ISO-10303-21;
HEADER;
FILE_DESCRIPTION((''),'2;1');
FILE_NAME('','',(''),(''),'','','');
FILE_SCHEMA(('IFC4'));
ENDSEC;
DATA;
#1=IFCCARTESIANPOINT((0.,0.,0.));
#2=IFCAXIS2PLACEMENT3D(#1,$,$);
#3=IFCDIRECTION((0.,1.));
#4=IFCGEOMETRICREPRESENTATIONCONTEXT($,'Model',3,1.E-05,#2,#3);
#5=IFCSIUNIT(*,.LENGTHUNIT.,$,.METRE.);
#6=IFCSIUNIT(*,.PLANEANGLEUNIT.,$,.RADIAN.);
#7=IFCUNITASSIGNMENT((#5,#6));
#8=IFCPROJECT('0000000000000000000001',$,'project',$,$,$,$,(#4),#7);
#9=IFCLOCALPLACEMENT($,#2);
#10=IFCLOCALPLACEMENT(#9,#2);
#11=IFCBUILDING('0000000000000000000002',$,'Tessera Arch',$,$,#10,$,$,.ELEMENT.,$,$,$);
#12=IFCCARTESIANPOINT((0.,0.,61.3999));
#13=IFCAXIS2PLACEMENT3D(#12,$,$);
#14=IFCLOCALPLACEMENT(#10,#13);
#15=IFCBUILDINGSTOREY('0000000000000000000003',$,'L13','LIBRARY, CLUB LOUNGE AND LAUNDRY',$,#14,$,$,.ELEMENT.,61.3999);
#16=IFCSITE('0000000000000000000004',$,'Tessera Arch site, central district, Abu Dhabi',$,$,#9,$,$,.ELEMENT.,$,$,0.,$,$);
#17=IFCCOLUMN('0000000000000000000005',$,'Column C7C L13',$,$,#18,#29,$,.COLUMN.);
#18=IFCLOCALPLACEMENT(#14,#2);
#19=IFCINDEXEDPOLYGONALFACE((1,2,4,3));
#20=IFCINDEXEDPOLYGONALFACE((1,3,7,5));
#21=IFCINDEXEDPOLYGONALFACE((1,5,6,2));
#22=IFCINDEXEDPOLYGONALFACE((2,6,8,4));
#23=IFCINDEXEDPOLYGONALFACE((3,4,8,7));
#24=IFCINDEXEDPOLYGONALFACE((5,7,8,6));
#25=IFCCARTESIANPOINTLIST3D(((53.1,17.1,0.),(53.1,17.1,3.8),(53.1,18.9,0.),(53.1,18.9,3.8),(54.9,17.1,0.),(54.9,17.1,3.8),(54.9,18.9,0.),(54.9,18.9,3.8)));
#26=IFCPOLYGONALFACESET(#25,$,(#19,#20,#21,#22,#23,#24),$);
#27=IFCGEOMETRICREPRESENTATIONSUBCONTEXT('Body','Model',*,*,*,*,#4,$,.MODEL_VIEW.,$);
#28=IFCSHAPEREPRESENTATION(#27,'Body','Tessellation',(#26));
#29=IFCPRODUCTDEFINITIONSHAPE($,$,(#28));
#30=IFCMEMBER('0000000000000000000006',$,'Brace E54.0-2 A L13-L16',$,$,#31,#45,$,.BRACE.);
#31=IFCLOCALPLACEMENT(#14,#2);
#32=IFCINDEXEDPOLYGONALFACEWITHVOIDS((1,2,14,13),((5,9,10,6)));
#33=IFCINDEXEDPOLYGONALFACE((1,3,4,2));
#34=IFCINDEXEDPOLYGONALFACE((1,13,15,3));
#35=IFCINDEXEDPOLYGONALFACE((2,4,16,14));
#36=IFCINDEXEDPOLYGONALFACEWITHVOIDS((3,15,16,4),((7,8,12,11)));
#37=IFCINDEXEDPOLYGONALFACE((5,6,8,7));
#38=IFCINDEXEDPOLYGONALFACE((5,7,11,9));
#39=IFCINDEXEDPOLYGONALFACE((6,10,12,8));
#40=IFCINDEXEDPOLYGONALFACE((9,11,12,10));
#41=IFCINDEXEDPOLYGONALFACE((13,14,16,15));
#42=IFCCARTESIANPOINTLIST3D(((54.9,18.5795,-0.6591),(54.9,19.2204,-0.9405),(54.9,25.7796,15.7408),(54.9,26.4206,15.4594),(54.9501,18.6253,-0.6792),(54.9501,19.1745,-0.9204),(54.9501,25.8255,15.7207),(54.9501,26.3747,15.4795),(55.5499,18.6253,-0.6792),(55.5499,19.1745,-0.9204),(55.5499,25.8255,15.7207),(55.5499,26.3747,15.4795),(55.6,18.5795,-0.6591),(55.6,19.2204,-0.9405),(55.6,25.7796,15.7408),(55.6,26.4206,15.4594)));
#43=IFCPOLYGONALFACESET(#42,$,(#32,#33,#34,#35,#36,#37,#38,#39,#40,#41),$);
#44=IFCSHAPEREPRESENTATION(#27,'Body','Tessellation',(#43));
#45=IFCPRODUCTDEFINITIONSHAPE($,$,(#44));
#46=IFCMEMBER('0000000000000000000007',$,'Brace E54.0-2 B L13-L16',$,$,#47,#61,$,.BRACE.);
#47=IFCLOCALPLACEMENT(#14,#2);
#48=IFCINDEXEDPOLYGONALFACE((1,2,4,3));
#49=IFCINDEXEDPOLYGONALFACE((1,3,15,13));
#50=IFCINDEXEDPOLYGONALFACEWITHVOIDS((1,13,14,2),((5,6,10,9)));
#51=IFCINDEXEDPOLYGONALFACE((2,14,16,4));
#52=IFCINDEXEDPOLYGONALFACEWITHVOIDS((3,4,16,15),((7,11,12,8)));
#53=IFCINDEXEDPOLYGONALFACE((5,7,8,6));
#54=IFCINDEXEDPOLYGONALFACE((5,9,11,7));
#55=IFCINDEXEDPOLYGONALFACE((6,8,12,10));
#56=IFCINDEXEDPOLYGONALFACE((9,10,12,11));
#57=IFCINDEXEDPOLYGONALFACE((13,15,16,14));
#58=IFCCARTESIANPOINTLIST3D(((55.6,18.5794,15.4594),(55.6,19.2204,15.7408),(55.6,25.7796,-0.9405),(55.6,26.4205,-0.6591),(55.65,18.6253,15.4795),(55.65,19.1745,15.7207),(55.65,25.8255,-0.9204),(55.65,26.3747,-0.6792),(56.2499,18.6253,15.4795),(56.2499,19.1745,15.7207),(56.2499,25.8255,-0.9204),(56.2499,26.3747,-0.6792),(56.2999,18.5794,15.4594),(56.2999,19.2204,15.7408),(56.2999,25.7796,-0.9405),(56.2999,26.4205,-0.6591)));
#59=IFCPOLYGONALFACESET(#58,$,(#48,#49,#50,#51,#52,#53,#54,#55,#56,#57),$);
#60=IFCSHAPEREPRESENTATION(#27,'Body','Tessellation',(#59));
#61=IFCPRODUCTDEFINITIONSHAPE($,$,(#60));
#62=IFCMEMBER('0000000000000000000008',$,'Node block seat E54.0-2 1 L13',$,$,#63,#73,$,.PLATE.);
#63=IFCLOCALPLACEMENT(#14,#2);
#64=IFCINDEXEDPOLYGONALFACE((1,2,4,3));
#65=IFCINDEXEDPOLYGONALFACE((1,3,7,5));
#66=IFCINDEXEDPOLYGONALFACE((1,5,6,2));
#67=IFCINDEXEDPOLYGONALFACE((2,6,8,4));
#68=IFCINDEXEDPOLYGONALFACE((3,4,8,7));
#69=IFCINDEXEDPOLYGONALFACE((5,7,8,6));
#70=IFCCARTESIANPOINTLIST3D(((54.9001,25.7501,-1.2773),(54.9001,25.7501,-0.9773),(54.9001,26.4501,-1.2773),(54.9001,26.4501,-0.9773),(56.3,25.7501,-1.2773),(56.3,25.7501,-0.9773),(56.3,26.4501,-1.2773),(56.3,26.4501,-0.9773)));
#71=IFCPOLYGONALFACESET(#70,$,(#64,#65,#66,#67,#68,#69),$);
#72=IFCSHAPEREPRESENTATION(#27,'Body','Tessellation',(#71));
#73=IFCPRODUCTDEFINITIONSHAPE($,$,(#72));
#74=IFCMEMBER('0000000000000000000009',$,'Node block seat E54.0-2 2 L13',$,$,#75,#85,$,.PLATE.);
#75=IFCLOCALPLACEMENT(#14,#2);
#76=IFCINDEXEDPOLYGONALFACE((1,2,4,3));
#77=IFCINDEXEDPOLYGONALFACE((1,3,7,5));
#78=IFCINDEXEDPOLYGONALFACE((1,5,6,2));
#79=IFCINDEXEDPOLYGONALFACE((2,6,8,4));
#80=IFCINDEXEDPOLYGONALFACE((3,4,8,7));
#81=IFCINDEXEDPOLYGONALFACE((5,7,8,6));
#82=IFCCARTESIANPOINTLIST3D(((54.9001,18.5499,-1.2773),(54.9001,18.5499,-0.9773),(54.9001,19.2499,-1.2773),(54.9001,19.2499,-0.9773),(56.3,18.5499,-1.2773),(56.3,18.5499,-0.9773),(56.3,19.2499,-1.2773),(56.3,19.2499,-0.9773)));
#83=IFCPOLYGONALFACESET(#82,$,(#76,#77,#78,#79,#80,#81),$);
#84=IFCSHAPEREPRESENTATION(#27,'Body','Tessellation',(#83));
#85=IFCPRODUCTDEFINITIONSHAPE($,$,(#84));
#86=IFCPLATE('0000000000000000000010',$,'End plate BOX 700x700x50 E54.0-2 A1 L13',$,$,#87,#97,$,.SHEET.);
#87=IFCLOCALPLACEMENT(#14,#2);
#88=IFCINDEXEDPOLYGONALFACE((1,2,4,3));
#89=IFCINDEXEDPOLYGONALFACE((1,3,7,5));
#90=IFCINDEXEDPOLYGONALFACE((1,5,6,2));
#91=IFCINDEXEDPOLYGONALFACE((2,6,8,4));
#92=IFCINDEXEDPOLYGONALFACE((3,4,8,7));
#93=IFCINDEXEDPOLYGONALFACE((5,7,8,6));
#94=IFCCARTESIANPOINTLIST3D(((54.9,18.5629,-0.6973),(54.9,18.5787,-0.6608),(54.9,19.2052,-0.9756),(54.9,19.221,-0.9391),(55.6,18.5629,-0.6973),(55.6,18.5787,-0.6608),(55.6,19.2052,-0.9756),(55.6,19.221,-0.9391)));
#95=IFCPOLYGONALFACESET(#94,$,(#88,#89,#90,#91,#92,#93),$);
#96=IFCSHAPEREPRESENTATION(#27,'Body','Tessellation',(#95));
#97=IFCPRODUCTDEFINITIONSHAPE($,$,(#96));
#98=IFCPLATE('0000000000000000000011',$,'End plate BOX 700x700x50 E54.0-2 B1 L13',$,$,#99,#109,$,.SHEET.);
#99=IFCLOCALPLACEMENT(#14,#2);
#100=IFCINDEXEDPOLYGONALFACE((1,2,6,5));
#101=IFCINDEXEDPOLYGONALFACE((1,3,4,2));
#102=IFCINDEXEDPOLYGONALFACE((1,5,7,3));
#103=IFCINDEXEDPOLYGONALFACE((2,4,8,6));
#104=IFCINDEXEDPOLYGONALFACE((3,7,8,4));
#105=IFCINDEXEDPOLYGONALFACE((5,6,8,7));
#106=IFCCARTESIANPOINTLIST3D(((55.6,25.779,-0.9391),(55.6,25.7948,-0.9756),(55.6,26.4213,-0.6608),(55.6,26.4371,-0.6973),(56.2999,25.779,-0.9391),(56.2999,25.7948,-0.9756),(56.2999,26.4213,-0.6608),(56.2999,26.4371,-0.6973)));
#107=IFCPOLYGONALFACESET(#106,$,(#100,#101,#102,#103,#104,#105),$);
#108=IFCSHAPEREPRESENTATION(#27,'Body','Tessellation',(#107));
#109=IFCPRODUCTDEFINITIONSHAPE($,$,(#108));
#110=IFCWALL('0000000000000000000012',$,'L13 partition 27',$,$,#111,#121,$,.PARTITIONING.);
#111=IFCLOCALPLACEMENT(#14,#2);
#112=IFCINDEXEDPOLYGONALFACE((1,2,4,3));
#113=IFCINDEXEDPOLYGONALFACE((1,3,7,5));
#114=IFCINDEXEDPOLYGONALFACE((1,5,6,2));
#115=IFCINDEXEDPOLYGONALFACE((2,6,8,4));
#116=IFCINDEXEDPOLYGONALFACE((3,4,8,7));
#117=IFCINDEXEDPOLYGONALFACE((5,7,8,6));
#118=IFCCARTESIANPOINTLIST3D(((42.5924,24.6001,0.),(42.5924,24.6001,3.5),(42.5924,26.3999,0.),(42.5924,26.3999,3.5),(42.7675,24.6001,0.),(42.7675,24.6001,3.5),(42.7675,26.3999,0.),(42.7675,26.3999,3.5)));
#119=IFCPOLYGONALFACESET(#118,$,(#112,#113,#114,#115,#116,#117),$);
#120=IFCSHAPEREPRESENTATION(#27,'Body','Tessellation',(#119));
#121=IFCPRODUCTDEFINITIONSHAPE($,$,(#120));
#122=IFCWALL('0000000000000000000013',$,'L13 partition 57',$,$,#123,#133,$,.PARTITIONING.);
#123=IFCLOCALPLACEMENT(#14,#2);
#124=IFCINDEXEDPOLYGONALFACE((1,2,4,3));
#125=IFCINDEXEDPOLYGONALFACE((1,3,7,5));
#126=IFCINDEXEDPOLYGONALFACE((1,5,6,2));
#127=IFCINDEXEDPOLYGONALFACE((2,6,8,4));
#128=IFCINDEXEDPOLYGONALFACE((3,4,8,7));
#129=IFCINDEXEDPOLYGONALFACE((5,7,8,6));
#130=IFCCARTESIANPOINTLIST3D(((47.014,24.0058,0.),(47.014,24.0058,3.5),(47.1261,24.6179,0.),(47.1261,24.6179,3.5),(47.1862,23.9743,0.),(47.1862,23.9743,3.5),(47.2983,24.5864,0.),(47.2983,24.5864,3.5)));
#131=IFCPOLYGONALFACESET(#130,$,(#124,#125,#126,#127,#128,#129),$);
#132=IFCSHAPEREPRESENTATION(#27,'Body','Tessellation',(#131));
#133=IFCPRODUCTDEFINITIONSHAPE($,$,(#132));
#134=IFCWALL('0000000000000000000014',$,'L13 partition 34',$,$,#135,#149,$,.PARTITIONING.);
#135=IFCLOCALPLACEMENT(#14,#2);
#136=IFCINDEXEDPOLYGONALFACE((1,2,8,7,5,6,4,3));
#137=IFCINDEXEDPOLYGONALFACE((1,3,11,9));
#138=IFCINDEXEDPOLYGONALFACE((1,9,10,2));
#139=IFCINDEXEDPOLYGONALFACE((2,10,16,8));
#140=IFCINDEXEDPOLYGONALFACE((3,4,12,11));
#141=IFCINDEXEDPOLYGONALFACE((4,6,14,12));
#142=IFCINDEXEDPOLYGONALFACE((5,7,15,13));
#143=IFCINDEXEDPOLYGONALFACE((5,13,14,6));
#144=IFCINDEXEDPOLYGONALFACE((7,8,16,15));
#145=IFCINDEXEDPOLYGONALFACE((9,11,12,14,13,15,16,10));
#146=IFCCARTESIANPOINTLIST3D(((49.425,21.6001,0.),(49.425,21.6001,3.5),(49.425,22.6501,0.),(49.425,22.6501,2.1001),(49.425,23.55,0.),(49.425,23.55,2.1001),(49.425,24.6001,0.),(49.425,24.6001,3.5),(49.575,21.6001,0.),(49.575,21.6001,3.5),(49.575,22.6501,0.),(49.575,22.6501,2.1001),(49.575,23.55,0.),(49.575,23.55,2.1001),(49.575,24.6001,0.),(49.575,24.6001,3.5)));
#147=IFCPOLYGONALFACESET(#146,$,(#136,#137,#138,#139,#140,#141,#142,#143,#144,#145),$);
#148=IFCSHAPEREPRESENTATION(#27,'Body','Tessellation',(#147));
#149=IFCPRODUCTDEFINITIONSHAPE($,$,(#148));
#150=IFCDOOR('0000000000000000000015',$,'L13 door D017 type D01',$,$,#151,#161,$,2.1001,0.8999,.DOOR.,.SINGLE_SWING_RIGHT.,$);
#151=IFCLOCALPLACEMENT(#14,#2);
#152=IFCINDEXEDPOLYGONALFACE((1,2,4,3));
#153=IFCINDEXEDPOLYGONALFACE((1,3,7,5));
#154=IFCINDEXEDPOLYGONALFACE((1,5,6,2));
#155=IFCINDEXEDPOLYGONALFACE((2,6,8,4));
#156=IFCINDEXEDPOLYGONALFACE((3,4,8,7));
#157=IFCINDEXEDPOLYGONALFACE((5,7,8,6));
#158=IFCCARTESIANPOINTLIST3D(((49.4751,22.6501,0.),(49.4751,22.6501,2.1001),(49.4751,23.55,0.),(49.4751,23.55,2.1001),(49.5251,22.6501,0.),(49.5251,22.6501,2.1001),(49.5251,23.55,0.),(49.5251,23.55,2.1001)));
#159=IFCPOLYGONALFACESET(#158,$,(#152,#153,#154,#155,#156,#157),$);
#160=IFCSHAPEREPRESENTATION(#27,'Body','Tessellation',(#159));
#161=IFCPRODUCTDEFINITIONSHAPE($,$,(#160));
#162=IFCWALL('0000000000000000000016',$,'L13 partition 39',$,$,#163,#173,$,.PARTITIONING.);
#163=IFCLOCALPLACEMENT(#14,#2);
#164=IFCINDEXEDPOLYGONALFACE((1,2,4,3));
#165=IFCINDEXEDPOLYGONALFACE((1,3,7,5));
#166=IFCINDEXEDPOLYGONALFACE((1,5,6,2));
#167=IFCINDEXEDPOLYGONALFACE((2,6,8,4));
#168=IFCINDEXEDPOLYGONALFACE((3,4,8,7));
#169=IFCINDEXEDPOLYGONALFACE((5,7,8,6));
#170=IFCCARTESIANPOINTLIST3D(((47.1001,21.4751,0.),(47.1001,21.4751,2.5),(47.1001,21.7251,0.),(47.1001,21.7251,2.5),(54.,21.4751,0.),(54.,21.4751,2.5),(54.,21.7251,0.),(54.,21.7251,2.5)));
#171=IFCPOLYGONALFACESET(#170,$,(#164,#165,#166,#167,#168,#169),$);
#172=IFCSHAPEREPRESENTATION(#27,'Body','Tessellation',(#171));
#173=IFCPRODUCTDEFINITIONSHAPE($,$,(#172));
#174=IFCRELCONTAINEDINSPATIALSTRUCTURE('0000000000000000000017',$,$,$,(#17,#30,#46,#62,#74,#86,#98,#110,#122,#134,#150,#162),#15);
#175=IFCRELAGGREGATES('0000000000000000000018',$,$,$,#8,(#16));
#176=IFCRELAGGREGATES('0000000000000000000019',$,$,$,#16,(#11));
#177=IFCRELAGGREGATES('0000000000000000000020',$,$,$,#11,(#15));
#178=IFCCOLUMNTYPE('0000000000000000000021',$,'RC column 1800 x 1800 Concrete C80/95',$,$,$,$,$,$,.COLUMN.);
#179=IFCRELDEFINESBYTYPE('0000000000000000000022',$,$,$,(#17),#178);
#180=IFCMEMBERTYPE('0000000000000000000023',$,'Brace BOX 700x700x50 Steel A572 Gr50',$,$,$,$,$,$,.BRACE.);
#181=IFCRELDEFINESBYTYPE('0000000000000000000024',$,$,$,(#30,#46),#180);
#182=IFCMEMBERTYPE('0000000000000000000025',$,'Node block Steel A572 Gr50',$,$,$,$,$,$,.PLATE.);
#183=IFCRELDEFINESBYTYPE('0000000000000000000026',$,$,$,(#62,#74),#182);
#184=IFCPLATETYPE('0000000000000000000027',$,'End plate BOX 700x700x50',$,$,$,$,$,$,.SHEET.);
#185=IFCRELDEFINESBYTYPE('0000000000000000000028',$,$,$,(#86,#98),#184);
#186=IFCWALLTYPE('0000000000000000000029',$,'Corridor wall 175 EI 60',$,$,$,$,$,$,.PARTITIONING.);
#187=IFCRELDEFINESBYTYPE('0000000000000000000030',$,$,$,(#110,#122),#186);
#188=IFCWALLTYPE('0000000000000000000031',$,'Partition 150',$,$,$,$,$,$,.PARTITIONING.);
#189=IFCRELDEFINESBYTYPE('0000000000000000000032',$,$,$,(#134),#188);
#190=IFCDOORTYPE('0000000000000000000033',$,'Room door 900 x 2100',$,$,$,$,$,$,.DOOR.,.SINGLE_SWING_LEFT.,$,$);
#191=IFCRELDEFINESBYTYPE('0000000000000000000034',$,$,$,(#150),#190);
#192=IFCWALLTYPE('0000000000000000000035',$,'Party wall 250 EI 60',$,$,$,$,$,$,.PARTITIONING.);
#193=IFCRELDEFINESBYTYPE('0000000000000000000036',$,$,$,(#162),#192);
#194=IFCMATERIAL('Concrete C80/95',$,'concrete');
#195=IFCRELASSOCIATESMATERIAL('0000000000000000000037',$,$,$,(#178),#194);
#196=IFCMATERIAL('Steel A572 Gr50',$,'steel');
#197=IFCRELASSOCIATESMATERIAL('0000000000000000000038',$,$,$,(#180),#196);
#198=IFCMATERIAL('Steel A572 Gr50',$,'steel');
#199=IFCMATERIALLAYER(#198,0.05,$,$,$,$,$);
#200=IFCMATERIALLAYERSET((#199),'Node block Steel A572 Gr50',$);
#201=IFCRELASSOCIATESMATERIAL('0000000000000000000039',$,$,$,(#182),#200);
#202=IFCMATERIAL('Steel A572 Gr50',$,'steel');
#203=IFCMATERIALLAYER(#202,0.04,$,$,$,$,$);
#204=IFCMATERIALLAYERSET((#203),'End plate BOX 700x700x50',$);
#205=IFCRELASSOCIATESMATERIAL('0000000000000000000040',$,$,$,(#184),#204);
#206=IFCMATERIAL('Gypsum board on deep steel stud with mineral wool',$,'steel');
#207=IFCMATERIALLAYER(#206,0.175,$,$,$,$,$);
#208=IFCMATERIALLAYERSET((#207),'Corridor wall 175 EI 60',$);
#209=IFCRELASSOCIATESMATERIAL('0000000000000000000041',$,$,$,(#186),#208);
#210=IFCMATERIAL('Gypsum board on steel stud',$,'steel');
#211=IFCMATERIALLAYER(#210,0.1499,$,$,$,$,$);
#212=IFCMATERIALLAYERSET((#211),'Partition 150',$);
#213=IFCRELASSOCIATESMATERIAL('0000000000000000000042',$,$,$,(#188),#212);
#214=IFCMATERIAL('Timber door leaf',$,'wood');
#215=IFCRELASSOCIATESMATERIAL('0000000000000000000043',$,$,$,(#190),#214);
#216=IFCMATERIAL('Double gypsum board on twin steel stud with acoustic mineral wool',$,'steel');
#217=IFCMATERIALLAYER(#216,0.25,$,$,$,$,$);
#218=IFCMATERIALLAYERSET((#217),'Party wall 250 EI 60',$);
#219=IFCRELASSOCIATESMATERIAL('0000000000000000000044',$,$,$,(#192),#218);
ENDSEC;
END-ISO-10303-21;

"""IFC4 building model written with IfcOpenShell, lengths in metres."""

from ifc_helpers import new_model, si_unit, direction, frame, frame_2d, origin, origin_2d, place, context, subcontext, project, spatial, rectangle, hollow_rectangle, extrude, material, layer, layer_set, material_profile, profile_set, type_object, element, fill, save


model = new_model("IFC4")

# Units and contexts
model_context = context("Model", 3, precision=1e-05, world=origin(), true_north=direction((0.0, 1.0)))
body_context = subcontext(model_context, "Body", "Model", "MODEL_VIEW")
ifc_project = project(units=[si_unit("LENGTHUNIT", "METRE"), si_unit("PLANEANGLEUNIT", "RADIAN")], contexts=[model_context])

# Site, building, storey
site_placement = place(None, origin())
site = spatial("IfcSite", under=ifc_project, at=site_placement, Name="Tessera Arch site, central district, Abu Dhabi", CompositionType="ELEMENT", RefElevation=0.0)
building_placement = place(site_placement, origin())
building = spatial("IfcBuilding", under=site, at=building_placement, Name="Tessera Arch", CompositionType="ELEMENT")
storey_placement = place(building_placement, frame((0.0, 0.0, 61.3999)))
storey = spatial("IfcBuildingStorey", under=building, at=storey_placement, Name="L13", Description="LIBRARY, CLUB LOUNGE AND LAUNDRY", CompositionType="ELEMENT", Elevation=61.3999)

# Column
ifc_material_1 = material(Name="Concrete C80/95", Category="concrete")
ifc_material_profile_1 = material_profile(ifc_material_1, rectangle(XDim=1.8, YDim=1.8, at=origin_2d()), Name="RC column 1800 x 1800 Concrete C80/95")
ifc_profile_set_1 = profile_set([ifc_material_profile_1], Name="Concrete C80/95")
column_type = type_object("IfcColumnType", Name="RC column 1800 x 1800 Concrete C80/95", PredefinedType="COLUMN", material=ifc_profile_set_1)
column_placement = place(storey_placement, frame((54.0, 18.0, 0.0), z_axis=(0.0, 0.0, 1.0), x_axis=(1.0, 0.0, 0.0)))
element("IfcColumn", 1, at=column_placement, inside=storey, type_object=column_type, Name="Column C7C L13", PredefinedType="COLUMN", context=body_context, shape_type="SweptSolid", body=[
    extrude(rectangle(XDim=1.8, YDim=1.8, at=origin_2d()), origin(), (0.0, 0.0, 1.0), 3.8),
])

# Members
ifc_material_2 = material(Name="Steel A572 Gr50", Category="steel")
ifc_material_profile_2 = material_profile(ifc_material_2, hollow_rectangle(XDim=0.7, YDim=0.7, WallThickness=0.05, at=origin_2d()), Name="BOX 700x700x50")
ifc_profile_set_2 = profile_set([ifc_material_profile_2], Name="Steel A572 Gr50")
member_type_1 = type_object("IfcMemberType", Name="Brace BOX 700x700x50 Steel A572 Gr50", PredefinedType="BRACE", material=ifc_profile_set_2)
for number, where, z_axis, x_axis, name in (
    (2, (55.25, 18.8999, -0.7998), (0.0, 0.402001, 0.915639), (-1.0, 0.0, 0.0), "Brace E54.0-2 A L13-L16"),
    (3, (55.95, 26.1001, -0.7998), (0.0, -0.402001, 0.915639), (1.0, 0.0, 0.0), "Brace E54.0-2 B L13-L16"),
):
    element("IfcMember", number, at=place(storey_placement, frame(where, z_axis=z_axis, x_axis=x_axis)), inside=storey, type_object=member_type_1, Name=name, PredefinedType="BRACE", context=body_context, shape_type="SweptSolid", body=[
        extrude(hollow_rectangle(XDim=0.7, YDim=0.7, WallThickness=0.05, at=origin_2d()), origin(), (0.0, 0.0, 1.0), 17.9109),
    ])
ifc_material_3 = material(Name="Steel A572 Gr50", Category="steel")
ifc_layer_1 = layer(ifc_material_3, 0.05)
ifc_layer_set_1 = layer_set([ifc_layer_1], Name="Node block Steel A572 Gr50")
member_type_2 = type_object("IfcMemberType", Name="Node block Steel A572 Gr50", PredefinedType="PLATE", material=ifc_layer_set_1)
for number, where, z_axis, x_axis, name in (
    (4, (55.6001, 26.1001, -1.2773), (0.0, 0.0, 1.0), (0.0, 1.0, 0.0), "Node block seat E54.0-2 1 L13"),
    (5, (55.6001, 18.8999, -1.2773), (0.0, 0.0, 1.0), (0.0, 1.0, 0.0), "Node block seat E54.0-2 2 L13"),
):
    element("IfcMember", number, at=place(storey_placement, frame(where, z_axis=z_axis, x_axis=x_axis)), inside=storey, type_object=member_type_2, Name=name, PredefinedType="PLATE", context=body_context, shape_type="SweptSolid", body=[
        extrude(rectangle(XDim=0.7, YDim=1.3999, at=origin_2d()), origin(), (0.0, 0.0, 1.0), 0.3),
    ])

# Plates
ifc_material_4 = material(Name="Steel A572 Gr50", Category="steel")
ifc_layer_2 = layer(ifc_material_4, 0.04)
ifc_layer_set_2 = layer_set([ifc_layer_2], Name="End plate BOX 700x700x50")
plate_type = type_object("IfcPlateType", Name="End plate BOX 700x700x50", PredefinedType="SHEET", material=ifc_layer_set_2)
for number, where, z_axis, x_axis, name in (
    (6, (55.25, 18.884, -0.8364), (0.0, 0.397607, 0.917556), (-1.0, 0.0, 0.0), "End plate BOX 700x700x50 E54.0-2 A1 L13"),
    (7, (55.95, 26.116, -0.8364), (0.0, -0.397607, 0.917556), (1.0, 0.0, 0.0), "End plate BOX 700x700x50 E54.0-2 B1 L13"),
):
    element("IfcPlate", number, at=place(storey_placement, frame(where, z_axis=z_axis, x_axis=x_axis)), inside=storey, type_object=plate_type, Name=name, PredefinedType="SHEET", context=body_context, shape_type="SweptSolid", body=[
        extrude(rectangle(XDim=0.7, YDim=0.7, at=origin_2d()), origin(), (0.0, 0.0, 1.0), 0.0398),
    ])

# Walls
ifc_material_5 = material(Name="Gypsum board on deep steel stud with mineral wool", Category="steel")
ifc_layer_3 = layer(ifc_material_5, 0.175)
ifc_layer_set_3 = layer_set([ifc_layer_3], Name="Corridor wall 175 EI 60")
wall_type_1 = type_object("IfcWallType", Name="Corridor wall 175 EI 60", PredefinedType="PARTITIONING", material=ifc_layer_set_3)
wall_1_placement = place(storey_placement, frame((42.6799, 24.6001, 0.0), z_axis=(0.0, 0.0, 1.0), x_axis=(0.0, 1.0, 0.0)))
element("IfcWall", 8, at=wall_1_placement, inside=storey, type_object=wall_type_1, Name="L13 partition 27", PredefinedType="PARTITIONING", context=body_context, shape_type="SweptSolid", body=[
    extrude(rectangle(XDim=1.7998, YDim=0.175, at=frame_2d((0.8999, 0.0))), origin(), (0.0, 0.0, 1.0), 3.5),
])
wall_2_placement = place(storey_placement, frame((47.2122, 24.6021, 0.0), z_axis=(0.0, 0.0, 1.0), x_axis=(-0.180094, -0.983649, 0.0)))
element("IfcWall", 9, at=wall_2_placement, inside=storey, type_object=wall_type_1, Name="L13 partition 57", PredefinedType="PARTITIONING", context=body_context, shape_type="SweptSolid", body=[
    extrude(rectangle(XDim=0.6223, YDim=0.175, at=frame_2d((0.311, 0.0))), origin(), (0.0, 0.0, 1.0), 3.5),
])

# Wall, opening, door
ifc_material_6 = material(Name="Gypsum board on steel stud", Category="steel")
ifc_layer_4 = layer(ifc_material_6, 0.1499)
ifc_layer_set_4 = layer_set([ifc_layer_4], Name="Partition 150")
wall_type_2 = type_object("IfcWallType", Name="Partition 150", PredefinedType="PARTITIONING", material=ifc_layer_set_4)
wall_3_placement = place(storey_placement, frame((49.5, 21.6001, 0.0), z_axis=(0.0, 0.0, 1.0), x_axis=(0.0, 1.0, 0.0)))
wall_3 = element("IfcWall", 10, at=wall_3_placement, inside=storey, type_object=wall_type_2, Name="L13 partition 34", PredefinedType="PARTITIONING", context=body_context, shape_type="SweptSolid", body=[
    extrude(rectangle(XDim=3.0, YDim=0.1499, at=frame_2d((1.5, 0.0))), origin(), (0.0, 0.0, 1.0), 3.5),
])
opening_1_placement = place(wall_3_placement, frame((1.05, 0.0, 0.0)))
opening_1 = element("IfcOpeningElement", 11, at=opening_1_placement, cuts=wall_3, PredefinedType="OPENING", context=body_context, shape_type="SweptSolid", body=[
    extrude(rectangle(XDim=0.8999, YDim=2.1001, at=frame_2d((0.45, 1.05))), frame((0.0, 0.085, 0.0), z_axis=(0.0, -1.0, 0.0), x_axis=(1.0, 0.0, 0.0)), (0.0, 0.0, 1.0), 0.1699),
])
ifc_material_7 = material(Name="Timber door leaf", Category="wood")
door_type_1 = type_object("IfcDoorType", Name="Room door 900 x 2100", OperationType="SINGLE_SWING_LEFT", PredefinedType="DOOR", material=ifc_material_7)
door_1_placement = place(opening_1_placement, origin())
door_1 = element("IfcDoor", 12, at=door_1_placement, inside=storey, type_object=door_type_1, Name="L13 door D017 type D01", OperationType="SINGLE_SWING_RIGHT", OverallHeight=2.1001, OverallWidth=0.8999, PredefinedType="DOOR", context=body_context, shape_type="SweptSolid", body=[
    extrude(rectangle(XDim=0.8999, YDim=2.1001, at=frame_2d((0.45, 1.05))), frame((0.0, 0.0249, 0.0), z_axis=(0.0, -1.0, 0.0), x_axis=(1.0, 0.0, 0.0)), (0.0, 0.0, 1.0), 0.05),
])
fill(opening_1, door_1)

# Wall
ifc_material_8 = material(Name="Double gypsum board on twin steel stud with acoustic mineral wool", Category="steel")
ifc_layer_5 = layer(ifc_material_8, 0.25)
ifc_layer_set_5 = layer_set([ifc_layer_5], Name="Party wall 250 EI 60")
wall_type_3 = type_object("IfcWallType", Name="Party wall 250 EI 60", PredefinedType="PARTITIONING", material=ifc_layer_set_5)
wall_4_placement = place(storey_placement, frame((47.1001, 21.6001, 0.0), z_axis=(0.0, 0.0, 1.0), x_axis=(1.0, 0.0, 0.0)))
element("IfcWall", 13, at=wall_4_placement, inside=storey, type_object=wall_type_3, Name="L13 partition 39", PredefinedType="PARTITIONING", context=body_context, shape_type="SweptSolid", body=[
    extrude(rectangle(XDim=6.8999, YDim=0.25, at=frame_2d((3.45, 0.0))), origin(), (0.0, 0.0, 1.0), 2.5),
])

save(model, "model.ifc")
